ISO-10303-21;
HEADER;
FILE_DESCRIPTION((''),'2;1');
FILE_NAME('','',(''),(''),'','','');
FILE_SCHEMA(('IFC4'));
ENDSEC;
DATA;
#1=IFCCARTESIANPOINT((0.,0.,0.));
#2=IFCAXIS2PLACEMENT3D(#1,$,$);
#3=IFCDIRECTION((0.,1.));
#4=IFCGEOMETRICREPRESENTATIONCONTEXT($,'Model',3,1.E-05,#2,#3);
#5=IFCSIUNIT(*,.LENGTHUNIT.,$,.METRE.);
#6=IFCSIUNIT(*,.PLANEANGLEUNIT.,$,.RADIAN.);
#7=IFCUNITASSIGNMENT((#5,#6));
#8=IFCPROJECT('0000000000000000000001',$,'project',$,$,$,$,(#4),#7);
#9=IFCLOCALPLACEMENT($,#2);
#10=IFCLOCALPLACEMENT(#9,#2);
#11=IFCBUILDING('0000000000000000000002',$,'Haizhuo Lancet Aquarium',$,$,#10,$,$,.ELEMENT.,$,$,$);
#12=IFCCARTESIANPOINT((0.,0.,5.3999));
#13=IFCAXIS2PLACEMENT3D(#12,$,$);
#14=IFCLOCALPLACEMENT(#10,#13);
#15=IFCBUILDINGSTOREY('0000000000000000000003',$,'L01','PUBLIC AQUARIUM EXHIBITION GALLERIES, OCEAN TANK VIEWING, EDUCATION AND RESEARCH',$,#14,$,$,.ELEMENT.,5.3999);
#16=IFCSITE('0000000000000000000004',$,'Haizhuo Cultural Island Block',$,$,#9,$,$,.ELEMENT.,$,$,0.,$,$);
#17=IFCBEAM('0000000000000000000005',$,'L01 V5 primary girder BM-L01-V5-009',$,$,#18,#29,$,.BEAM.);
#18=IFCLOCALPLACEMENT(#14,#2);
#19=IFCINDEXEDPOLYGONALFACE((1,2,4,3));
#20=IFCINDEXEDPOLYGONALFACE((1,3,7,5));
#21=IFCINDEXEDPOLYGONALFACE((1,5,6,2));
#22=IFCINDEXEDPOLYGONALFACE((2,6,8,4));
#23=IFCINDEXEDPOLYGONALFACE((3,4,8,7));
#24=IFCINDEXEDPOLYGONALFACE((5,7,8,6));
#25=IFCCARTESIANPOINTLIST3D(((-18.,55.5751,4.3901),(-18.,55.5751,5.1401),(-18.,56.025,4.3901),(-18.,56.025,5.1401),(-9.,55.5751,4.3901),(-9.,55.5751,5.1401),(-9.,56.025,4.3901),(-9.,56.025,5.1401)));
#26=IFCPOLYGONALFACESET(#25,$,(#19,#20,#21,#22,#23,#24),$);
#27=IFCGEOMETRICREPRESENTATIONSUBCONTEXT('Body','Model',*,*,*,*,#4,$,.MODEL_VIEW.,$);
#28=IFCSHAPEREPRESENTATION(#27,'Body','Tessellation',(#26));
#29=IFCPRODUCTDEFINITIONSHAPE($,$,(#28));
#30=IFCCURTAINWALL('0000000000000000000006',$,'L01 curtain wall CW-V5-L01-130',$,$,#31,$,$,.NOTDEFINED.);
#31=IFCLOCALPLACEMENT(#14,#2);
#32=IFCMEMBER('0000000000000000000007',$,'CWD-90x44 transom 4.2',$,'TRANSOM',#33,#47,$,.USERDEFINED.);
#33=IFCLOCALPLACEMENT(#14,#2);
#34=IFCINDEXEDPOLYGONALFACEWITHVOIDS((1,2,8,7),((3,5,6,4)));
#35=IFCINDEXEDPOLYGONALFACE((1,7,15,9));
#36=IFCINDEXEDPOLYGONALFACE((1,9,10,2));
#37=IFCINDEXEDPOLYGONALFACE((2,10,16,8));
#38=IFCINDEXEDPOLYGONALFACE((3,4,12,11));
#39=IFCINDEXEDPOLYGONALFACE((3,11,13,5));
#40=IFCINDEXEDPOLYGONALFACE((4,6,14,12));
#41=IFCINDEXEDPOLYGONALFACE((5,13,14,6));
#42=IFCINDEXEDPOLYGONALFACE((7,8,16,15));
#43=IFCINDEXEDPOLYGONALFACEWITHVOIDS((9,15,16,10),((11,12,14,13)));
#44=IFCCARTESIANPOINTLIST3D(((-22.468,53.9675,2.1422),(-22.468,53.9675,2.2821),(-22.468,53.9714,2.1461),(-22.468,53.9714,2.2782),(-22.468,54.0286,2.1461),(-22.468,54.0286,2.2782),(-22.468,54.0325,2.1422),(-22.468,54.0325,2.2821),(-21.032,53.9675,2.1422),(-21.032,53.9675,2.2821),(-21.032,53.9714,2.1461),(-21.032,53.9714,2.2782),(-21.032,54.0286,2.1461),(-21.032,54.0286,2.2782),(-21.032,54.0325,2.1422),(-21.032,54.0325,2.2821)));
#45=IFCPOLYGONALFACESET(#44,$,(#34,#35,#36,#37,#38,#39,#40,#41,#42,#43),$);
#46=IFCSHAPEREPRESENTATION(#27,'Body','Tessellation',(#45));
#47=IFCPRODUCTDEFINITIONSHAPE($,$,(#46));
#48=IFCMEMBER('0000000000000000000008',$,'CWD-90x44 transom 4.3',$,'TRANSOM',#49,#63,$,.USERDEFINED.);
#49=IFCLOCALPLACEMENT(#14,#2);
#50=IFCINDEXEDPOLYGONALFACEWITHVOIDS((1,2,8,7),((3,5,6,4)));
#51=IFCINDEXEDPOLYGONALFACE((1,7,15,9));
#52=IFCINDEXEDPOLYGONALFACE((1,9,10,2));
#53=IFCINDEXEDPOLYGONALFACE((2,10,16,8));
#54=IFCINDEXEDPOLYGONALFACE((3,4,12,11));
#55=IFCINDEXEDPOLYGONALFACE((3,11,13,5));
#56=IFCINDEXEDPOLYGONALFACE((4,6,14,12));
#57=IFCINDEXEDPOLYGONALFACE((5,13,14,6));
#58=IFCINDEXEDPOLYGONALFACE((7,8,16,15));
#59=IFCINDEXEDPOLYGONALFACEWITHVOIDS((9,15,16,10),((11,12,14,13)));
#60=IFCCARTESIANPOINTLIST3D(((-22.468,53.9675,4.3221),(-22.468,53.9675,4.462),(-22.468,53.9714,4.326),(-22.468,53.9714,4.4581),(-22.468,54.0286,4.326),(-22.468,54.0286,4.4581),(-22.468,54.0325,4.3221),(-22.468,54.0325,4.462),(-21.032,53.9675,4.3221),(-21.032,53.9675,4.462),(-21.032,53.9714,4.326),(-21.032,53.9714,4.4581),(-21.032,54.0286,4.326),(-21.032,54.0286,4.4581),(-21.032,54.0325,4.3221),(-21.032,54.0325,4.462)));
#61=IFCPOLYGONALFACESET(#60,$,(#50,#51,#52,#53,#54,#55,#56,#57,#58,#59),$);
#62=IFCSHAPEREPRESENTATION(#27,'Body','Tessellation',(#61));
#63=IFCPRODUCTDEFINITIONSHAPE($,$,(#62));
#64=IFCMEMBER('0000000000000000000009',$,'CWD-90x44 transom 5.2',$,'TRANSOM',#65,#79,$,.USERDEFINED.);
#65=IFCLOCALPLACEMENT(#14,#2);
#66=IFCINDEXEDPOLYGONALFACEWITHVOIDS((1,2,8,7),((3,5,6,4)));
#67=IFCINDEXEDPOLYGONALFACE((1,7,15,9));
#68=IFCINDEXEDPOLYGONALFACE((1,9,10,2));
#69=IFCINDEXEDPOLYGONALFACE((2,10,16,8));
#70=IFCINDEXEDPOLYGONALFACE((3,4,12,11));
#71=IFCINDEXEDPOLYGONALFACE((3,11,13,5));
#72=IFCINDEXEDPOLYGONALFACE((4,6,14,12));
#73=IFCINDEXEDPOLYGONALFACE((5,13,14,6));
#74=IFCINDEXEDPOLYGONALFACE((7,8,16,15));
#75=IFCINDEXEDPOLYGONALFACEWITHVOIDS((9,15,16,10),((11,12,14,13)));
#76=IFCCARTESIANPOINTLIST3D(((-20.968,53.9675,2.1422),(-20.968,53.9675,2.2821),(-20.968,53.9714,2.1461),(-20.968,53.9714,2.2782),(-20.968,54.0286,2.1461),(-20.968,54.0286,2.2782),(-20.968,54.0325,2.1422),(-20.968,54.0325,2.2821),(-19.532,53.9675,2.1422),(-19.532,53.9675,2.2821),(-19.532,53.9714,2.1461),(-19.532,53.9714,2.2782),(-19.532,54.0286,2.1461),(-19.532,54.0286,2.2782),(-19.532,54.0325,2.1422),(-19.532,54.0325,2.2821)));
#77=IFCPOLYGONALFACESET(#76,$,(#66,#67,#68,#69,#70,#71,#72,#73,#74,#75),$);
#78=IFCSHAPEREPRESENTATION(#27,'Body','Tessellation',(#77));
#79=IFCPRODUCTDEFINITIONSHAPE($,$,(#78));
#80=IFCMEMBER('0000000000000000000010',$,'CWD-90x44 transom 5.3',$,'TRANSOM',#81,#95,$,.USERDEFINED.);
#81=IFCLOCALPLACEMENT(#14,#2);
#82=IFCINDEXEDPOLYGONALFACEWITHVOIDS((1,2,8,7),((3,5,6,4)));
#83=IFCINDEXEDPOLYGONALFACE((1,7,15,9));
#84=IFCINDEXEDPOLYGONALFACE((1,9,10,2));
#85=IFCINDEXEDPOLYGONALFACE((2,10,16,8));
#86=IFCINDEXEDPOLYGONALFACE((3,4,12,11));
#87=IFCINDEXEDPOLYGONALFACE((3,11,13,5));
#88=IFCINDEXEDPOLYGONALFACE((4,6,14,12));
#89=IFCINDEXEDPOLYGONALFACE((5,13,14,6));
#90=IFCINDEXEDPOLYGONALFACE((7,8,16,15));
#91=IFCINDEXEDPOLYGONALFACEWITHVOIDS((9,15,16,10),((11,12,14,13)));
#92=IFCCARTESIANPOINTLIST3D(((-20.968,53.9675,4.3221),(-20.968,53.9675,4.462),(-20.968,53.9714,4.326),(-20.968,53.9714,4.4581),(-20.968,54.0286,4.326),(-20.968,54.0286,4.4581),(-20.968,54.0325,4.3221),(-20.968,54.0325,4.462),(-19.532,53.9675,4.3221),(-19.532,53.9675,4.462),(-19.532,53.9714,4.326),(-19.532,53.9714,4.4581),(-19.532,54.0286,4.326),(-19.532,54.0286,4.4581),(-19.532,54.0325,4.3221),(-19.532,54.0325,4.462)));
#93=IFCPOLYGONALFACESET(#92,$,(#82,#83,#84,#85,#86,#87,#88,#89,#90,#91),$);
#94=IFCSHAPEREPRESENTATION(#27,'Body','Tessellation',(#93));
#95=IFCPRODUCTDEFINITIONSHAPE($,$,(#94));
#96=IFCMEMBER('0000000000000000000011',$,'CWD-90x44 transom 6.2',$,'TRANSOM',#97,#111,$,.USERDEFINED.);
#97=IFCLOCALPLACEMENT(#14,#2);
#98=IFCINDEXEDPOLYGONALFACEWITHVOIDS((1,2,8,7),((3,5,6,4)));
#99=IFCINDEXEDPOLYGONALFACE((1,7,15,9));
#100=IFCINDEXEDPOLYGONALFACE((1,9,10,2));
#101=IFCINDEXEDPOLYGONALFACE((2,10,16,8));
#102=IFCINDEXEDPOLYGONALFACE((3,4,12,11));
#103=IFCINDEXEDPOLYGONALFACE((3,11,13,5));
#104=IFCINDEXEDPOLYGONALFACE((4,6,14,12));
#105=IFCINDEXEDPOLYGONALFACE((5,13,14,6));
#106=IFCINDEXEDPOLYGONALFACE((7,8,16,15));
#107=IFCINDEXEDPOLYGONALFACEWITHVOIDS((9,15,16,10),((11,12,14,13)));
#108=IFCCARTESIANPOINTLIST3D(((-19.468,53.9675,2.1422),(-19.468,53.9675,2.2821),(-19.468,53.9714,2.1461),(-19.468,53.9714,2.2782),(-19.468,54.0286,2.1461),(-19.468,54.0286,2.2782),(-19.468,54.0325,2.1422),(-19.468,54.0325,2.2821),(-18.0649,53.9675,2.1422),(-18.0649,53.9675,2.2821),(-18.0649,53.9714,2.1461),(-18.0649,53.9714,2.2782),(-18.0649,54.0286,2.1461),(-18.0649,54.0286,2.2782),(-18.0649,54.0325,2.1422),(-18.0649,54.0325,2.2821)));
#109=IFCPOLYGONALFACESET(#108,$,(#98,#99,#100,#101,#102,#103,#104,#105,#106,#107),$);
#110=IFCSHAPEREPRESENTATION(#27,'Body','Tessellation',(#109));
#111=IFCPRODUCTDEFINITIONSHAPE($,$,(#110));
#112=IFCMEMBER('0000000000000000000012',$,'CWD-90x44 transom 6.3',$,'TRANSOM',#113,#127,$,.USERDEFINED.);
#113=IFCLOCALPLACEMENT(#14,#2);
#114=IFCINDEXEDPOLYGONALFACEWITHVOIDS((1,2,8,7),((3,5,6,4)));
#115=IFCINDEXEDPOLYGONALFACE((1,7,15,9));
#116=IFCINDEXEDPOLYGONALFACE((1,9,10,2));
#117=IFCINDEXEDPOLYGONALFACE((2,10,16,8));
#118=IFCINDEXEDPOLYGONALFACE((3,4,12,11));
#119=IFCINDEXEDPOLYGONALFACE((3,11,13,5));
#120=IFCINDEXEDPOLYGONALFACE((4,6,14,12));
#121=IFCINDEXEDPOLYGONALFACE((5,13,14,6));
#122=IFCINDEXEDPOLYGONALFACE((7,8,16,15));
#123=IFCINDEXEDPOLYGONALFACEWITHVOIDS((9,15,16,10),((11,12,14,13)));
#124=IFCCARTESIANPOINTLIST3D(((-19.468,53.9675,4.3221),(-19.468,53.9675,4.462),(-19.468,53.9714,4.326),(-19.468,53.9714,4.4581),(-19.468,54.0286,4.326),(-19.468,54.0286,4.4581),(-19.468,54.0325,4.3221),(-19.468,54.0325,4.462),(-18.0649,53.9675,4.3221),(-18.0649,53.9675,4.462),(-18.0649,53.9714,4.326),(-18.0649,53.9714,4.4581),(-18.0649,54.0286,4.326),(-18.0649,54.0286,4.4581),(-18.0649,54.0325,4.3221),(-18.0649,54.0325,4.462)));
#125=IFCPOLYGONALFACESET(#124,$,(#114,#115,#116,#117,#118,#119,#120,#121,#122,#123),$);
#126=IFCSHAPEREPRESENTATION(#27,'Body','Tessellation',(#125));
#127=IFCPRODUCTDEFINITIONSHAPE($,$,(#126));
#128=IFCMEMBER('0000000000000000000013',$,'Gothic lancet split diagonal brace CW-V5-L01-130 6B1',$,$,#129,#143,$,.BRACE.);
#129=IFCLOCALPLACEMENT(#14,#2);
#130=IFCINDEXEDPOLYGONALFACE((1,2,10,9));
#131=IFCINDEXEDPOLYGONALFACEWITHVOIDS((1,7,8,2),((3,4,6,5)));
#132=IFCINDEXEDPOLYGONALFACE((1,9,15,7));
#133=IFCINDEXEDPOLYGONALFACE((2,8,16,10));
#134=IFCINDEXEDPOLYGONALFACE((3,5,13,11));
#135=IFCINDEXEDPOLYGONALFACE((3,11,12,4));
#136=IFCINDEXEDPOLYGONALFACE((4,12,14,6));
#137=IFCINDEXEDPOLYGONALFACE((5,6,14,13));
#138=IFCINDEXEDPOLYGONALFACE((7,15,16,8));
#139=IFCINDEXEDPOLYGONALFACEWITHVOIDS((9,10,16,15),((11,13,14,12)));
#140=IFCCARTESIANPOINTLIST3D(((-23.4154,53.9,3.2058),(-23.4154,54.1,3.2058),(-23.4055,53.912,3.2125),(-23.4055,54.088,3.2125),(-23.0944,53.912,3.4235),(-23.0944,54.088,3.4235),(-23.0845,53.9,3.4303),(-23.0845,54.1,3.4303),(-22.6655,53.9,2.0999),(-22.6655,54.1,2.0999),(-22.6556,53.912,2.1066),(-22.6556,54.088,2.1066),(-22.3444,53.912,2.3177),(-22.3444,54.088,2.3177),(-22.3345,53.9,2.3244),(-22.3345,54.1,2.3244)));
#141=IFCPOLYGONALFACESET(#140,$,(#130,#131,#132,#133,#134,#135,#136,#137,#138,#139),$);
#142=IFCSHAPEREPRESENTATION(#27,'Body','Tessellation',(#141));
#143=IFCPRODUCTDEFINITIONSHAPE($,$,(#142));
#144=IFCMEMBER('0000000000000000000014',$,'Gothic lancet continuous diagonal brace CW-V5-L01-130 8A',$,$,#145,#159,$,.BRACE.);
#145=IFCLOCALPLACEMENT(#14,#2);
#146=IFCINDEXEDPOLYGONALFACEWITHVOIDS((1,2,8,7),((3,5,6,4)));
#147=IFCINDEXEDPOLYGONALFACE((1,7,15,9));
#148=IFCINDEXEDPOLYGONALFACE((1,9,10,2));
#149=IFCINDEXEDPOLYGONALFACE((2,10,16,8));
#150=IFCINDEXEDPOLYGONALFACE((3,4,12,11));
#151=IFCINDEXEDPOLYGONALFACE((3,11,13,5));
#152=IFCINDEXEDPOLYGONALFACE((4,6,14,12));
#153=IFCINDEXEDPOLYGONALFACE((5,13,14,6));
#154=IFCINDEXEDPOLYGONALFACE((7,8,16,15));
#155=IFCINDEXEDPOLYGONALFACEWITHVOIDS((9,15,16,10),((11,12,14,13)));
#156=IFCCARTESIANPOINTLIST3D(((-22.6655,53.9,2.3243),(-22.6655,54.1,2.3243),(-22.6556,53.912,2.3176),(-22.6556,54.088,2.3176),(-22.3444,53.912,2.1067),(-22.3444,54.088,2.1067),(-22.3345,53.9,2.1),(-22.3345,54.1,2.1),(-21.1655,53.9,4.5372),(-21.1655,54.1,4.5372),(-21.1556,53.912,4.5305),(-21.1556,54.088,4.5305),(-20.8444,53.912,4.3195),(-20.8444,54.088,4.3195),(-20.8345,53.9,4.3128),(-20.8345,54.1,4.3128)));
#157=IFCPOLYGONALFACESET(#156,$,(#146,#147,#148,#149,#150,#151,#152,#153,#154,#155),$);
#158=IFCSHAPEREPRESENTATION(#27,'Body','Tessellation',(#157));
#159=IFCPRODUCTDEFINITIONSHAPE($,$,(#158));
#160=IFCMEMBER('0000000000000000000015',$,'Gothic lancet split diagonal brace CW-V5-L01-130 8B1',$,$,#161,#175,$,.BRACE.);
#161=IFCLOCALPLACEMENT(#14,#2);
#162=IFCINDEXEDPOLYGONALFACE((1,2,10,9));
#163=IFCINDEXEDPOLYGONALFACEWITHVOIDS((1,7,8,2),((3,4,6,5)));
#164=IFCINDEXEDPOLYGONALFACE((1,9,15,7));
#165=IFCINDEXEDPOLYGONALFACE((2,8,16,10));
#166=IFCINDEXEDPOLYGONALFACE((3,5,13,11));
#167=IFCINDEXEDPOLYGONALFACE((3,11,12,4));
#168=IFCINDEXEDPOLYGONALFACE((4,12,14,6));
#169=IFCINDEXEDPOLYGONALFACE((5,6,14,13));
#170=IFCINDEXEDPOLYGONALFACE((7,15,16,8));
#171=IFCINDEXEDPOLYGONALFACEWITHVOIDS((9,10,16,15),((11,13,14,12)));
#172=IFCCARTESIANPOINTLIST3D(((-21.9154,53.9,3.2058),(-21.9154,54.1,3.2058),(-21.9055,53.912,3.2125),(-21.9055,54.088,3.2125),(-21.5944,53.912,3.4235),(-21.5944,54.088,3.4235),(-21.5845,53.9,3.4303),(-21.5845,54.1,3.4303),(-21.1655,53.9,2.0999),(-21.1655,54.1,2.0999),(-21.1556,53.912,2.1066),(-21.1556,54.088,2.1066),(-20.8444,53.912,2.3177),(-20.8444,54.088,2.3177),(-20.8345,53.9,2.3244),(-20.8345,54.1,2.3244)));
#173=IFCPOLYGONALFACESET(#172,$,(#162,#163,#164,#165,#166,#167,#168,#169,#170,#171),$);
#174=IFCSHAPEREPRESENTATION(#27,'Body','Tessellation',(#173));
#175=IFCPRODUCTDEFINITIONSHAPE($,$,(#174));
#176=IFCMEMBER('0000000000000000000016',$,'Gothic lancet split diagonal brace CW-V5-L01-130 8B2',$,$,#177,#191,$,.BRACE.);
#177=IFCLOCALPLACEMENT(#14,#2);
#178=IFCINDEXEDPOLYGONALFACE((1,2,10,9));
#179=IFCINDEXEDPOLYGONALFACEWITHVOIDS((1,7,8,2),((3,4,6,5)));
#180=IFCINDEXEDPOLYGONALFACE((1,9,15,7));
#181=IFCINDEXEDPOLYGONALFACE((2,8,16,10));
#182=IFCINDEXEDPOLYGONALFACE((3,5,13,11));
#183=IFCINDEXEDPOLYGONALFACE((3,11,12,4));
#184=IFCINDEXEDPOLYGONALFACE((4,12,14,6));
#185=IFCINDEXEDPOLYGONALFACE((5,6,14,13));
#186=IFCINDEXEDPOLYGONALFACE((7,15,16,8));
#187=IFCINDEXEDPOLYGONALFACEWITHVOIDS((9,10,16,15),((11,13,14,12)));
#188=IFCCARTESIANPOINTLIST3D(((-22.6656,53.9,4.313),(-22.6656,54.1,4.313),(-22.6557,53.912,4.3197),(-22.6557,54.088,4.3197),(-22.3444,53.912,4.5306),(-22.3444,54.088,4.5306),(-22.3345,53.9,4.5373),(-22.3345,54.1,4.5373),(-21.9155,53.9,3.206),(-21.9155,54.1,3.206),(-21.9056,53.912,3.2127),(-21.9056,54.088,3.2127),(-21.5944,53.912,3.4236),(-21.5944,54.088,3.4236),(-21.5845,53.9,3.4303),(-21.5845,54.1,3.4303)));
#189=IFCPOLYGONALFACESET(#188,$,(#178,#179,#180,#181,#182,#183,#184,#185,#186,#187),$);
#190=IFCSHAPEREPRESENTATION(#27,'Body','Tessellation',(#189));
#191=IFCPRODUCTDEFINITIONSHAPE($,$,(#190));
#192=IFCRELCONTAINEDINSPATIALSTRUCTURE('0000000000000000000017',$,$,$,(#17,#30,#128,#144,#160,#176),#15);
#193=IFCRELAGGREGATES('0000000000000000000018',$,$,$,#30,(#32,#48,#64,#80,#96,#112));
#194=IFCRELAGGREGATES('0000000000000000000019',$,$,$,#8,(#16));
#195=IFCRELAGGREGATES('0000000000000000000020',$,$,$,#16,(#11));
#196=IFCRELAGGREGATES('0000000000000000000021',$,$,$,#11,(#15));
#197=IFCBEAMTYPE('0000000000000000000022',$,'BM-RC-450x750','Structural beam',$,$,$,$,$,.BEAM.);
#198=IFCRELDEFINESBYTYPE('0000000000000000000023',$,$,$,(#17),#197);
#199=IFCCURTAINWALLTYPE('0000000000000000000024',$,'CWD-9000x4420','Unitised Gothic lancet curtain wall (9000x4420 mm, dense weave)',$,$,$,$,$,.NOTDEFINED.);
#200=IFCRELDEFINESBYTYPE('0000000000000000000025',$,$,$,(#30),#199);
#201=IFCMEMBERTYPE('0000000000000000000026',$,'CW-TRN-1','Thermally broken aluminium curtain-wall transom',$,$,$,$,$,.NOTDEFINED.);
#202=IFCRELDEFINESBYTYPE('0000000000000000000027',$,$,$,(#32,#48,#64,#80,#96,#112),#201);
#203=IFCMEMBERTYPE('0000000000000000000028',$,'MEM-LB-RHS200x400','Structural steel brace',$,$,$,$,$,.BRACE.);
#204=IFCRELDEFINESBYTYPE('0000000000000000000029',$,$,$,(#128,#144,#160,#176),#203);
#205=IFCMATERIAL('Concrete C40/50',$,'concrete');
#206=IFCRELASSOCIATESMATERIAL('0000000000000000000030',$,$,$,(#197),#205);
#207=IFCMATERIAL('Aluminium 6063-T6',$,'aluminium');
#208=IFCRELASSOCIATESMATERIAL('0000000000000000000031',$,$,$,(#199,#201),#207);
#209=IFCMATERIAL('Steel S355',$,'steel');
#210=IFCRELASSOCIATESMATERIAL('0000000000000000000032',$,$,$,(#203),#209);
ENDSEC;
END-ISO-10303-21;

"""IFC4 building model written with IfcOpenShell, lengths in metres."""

from ifc_helpers import new_model, si_unit, direction, frame, origin, origin_2d, place, context, subcontext, project, spatial, rectangle, hollow_rectangle, extrude, material, material_profile, profile_set, type_object, element, aggregate, save


model = new_model("IFC4")

# Units and contexts
model_context = context("Model", 3, precision=1e-05, world=origin(), true_north=direction((0.0, 1.0)))
body_context = subcontext(model_context, "Body", "Model", "MODEL_VIEW")
ifc_project = project(units=[si_unit("LENGTHUNIT", "METRE"), si_unit("PLANEANGLEUNIT", "RADIAN")], contexts=[model_context])

# Site, building, storey
site_placement = place(None, origin())
site = spatial("IfcSite", under=ifc_project, at=site_placement, Name="Haizhuo Cultural Island Block", CompositionType="ELEMENT", RefElevation=0.0)
building_placement = place(site_placement, origin())
building = spatial("IfcBuilding", under=site, at=building_placement, Name="Haizhuo Lancet Aquarium", CompositionType="ELEMENT")
storey_placement = place(building_placement, frame((0.0, 0.0, 5.3999)))
storey = spatial("IfcBuildingStorey", under=building, at=storey_placement, Name="L01", Description="PUBLIC AQUARIUM EXHIBITION GALLERIES, OCEAN TANK VIEWING, EDUCATION AND RESEARCH", CompositionType="ELEMENT", Elevation=5.3999)

# Beam
ifc_material_1 = material(Name="Concrete C40/50", Category="concrete")
ifc_material_profile_1 = material_profile(ifc_material_1, rectangle(XDim=0.45, YDim=0.75, at=origin_2d()), Name="RC-BM 450x750")
ifc_profile_set_1 = profile_set([ifc_material_profile_1], Name="Concrete C40/50")
beam_type = type_object("IfcBeamType", Name="BM-RC-450x750", Description="Structural beam", PredefinedType="BEAM", material=ifc_profile_set_1)
beam_placement = place(storey_placement, frame((-18.0, 55.8, 4.7651), z_axis=(1.0, 0.0, 0.0), x_axis=(0.0, 1.0, 0.0)))
element("IfcBeam", 1, at=beam_placement, inside=storey, type_object=beam_type, Name="L01 V5 primary girder BM-L01-V5-009", PredefinedType="BEAM", context=body_context, shape_type="SweptSolid", body=[
    extrude(rectangle(XDim=0.45, YDim=0.75, at=origin_2d()), origin(), (0.0, 0.0, 1.0), 9.0),
])

# Curtain wall, members
ifc_material_2 = material(Name="Aluminium 6063-T6", Category="aluminium")
curtain_wall_type = type_object("IfcCurtainWallType", Name="CWD-9000x4420", Description="Unitised Gothic lancet curtain wall (9000x4420 mm, dense weave)", PredefinedType="NOTDEFINED", material=ifc_material_2)
curtain_wall_placement = place(storey_placement, origin())
curtain_wall = element("IfcCurtainWall", 2, at=curtain_wall_placement, inside=storey, type_object=curtain_wall_type, Name="L01 curtain wall CW-V5-L01-130", PredefinedType="NOTDEFINED")
ifc_material_profile_2 = material_profile(ifc_material_2, hollow_rectangle(XDim=0.0649, YDim=0.1399, WallThickness=0.0039, at=origin_2d()), Name="ALU-T 65x140x4")
ifc_profile_set_2 = profile_set([ifc_material_profile_2], Name="Aluminium 6063-T6")
member_type_1 = type_object("IfcMemberType", Name="CW-TRN-1", Description="Thermally broken aluminium curtain-wall transom", PredefinedType="NOTDEFINED", material=ifc_profile_set_2)
member_1_placement = place(storey_placement, frame((-22.468, 54.0, 2.2122), z_axis=(1.0, 0.0, 0.0), x_axis=(0.0, 1.0, 0.0)))
member_1 = element("IfcMember", 3, at=member_1_placement, type_object=member_type_1, Name="CWD-90x44 transom 4.2", ObjectType="TRANSOM", PredefinedType="USERDEFINED", context=body_context, shape_type="SweptSolid", body=[
    extrude(hollow_rectangle(XDim=0.0649, YDim=0.1399, WallThickness=0.0039, at=origin_2d()), origin(), (0.0, 0.0, 1.0), 1.436),
])
member_2_placement = place(storey_placement, frame((-22.468, 54.0, 4.3921), z_axis=(1.0, 0.0, 0.0), x_axis=(0.0, 1.0, 0.0)))
member_2 = element("IfcMember", 4, at=member_2_placement, type_object=member_type_1, Name="CWD-90x44 transom 4.3", ObjectType="TRANSOM", PredefinedType="USERDEFINED", context=body_context, shape_type="SweptSolid", body=[
    extrude(hollow_rectangle(XDim=0.0649, YDim=0.1399, WallThickness=0.0039, at=origin_2d()), origin(), (0.0, 0.0, 1.0), 1.436),
])
member_3_placement = place(storey_placement, frame((-20.968, 54.0, 2.2122), z_axis=(1.0, 0.0, 0.0), x_axis=(0.0, 1.0, 0.0)))
member_3 = element("IfcMember", 5, at=member_3_placement, type_object=member_type_1, Name="CWD-90x44 transom 5.2", ObjectType="TRANSOM", PredefinedType="USERDEFINED", context=body_context, shape_type="SweptSolid", body=[
    extrude(hollow_rectangle(XDim=0.0649, YDim=0.1399, WallThickness=0.0039, at=origin_2d()), origin(), (0.0, 0.0, 1.0), 1.436),
])
member_4_placement = place(storey_placement, frame((-20.968, 54.0, 4.3921), z_axis=(1.0, 0.0, 0.0), x_axis=(0.0, 1.0, 0.0)))
member_4 = element("IfcMember", 6, at=member_4_placement, type_object=member_type_1, Name="CWD-90x44 transom 5.3", ObjectType="TRANSOM", PredefinedType="USERDEFINED", context=body_context, shape_type="SweptSolid", body=[
    extrude(hollow_rectangle(XDim=0.0649, YDim=0.1399, WallThickness=0.0039, at=origin_2d()), origin(), (0.0, 0.0, 1.0), 1.436),
])
member_5_placement = place(storey_placement, frame((-19.468, 54.0, 2.2122), z_axis=(1.0, 0.0, 0.0), x_axis=(0.0, 1.0, 0.0)))
member_5 = element("IfcMember", 7, at=member_5_placement, type_object=member_type_1, Name="CWD-90x44 transom 6.2", ObjectType="TRANSOM", PredefinedType="USERDEFINED", context=body_context, shape_type="SweptSolid", body=[
    extrude(hollow_rectangle(XDim=0.0649, YDim=0.1399, WallThickness=0.0039, at=origin_2d()), origin(), (0.0, 0.0, 1.0), 1.4031),
])
member_6_placement = place(storey_placement, frame((-19.468, 54.0, 4.3921), z_axis=(1.0, 0.0, 0.0), x_axis=(0.0, 1.0, 0.0)))
member_6 = element("IfcMember", 8, at=member_6_placement, type_object=member_type_1, Name="CWD-90x44 transom 6.3", ObjectType="TRANSOM", PredefinedType="USERDEFINED", context=body_context, shape_type="SweptSolid", body=[
    extrude(hollow_rectangle(XDim=0.0649, YDim=0.1399, WallThickness=0.0039, at=origin_2d()), origin(), (0.0, 0.0, 1.0), 1.4031),
])

# Members
ifc_material_3 = material(Name="Steel S355", Category="steel")
ifc_material_profile_3 = material_profile(ifc_material_3, hollow_rectangle(XDim=0.2, YDim=0.3999, WallThickness=0.012, at=origin_2d()), Name="RHS 200x400x12")
ifc_profile_set_3 = profile_set([ifc_material_profile_3], Name="Steel S355")
member_type_2 = type_object("IfcMemberType", Name="MEM-LB-RHS200x400", Description="Structural steel brace", PredefinedType="BRACE", material=ifc_profile_set_3)
member_7_placement = place(storey_placement, frame((-22.5, 54.0, 2.2122), z_axis=(-0.56126, 0.0, 0.827639), x_axis=(0.0, -1.0, 0.0)))
element("IfcMember", 9, at=member_7_placement, inside=storey, type_object=member_type_2, Name="Gothic lancet split diagonal brace CW-V5-L01-130 6B1", PredefinedType="BRACE", context=body_context, shape_type="SweptSolid", body=[
    extrude(hollow_rectangle(XDim=0.2, YDim=0.3999, WallThickness=0.012, at=origin_2d()), origin(), (0.0, 0.0, 1.0), 1.3362),
])
member_8_placement = place(storey_placement, frame((-22.5, 54.0, 2.2122), z_axis=(0.56109, 0.0, 0.827755), x_axis=(0.0, 1.0, 0.0)))
element("IfcMember", 10, at=member_8_placement, inside=storey, type_object=member_type_2, Name="Gothic lancet continuous diagonal brace CW-V5-L01-130 8A", PredefinedType="BRACE", context=body_context, shape_type="SweptSolid", body=[
    extrude(hollow_rectangle(XDim=0.2, YDim=0.3999, WallThickness=0.012, at=origin_2d()), origin(), (0.0, 0.0, 1.0), 2.6733),
])
member_9_placement = place(storey_placement, frame((-21.0, 54.0, 2.2122), z_axis=(-0.56126, 0.0, 0.827639), x_axis=(0.0, -1.0, 0.0)))
element("IfcMember", 11, at=member_9_placement, inside=storey, type_object=member_type_2, Name="Gothic lancet split diagonal brace CW-V5-L01-130 8B1", PredefinedType="BRACE", context=body_context, shape_type="SweptSolid", body=[
    extrude(hollow_rectangle(XDim=0.2, YDim=0.3999, WallThickness=0.012, at=origin_2d()), origin(), (0.0, 0.0, 1.0), 1.3362),
])
member_10_placement = place(storey_placement, frame((-21.75, 54.0, 3.3181), z_axis=(-0.560921, 0.0, 0.827869), x_axis=(0.0, -1.0, 0.0)))
element("IfcMember", 12, at=member_10_placement, inside=storey, type_object=member_type_2, Name="Gothic lancet split diagonal brace CW-V5-L01-130 8B2", PredefinedType="BRACE", context=body_context, shape_type="SweptSolid", body=[
    extrude(hollow_rectangle(XDim=0.2, YDim=0.3999, WallThickness=0.012, at=origin_2d()), origin(), (0.0, 0.0, 1.0), 1.3372),
])

aggregate(curtain_wall, [member_1, member_2, member_3, member_4, member_5, member_6])

save(model, "model.ifc")
